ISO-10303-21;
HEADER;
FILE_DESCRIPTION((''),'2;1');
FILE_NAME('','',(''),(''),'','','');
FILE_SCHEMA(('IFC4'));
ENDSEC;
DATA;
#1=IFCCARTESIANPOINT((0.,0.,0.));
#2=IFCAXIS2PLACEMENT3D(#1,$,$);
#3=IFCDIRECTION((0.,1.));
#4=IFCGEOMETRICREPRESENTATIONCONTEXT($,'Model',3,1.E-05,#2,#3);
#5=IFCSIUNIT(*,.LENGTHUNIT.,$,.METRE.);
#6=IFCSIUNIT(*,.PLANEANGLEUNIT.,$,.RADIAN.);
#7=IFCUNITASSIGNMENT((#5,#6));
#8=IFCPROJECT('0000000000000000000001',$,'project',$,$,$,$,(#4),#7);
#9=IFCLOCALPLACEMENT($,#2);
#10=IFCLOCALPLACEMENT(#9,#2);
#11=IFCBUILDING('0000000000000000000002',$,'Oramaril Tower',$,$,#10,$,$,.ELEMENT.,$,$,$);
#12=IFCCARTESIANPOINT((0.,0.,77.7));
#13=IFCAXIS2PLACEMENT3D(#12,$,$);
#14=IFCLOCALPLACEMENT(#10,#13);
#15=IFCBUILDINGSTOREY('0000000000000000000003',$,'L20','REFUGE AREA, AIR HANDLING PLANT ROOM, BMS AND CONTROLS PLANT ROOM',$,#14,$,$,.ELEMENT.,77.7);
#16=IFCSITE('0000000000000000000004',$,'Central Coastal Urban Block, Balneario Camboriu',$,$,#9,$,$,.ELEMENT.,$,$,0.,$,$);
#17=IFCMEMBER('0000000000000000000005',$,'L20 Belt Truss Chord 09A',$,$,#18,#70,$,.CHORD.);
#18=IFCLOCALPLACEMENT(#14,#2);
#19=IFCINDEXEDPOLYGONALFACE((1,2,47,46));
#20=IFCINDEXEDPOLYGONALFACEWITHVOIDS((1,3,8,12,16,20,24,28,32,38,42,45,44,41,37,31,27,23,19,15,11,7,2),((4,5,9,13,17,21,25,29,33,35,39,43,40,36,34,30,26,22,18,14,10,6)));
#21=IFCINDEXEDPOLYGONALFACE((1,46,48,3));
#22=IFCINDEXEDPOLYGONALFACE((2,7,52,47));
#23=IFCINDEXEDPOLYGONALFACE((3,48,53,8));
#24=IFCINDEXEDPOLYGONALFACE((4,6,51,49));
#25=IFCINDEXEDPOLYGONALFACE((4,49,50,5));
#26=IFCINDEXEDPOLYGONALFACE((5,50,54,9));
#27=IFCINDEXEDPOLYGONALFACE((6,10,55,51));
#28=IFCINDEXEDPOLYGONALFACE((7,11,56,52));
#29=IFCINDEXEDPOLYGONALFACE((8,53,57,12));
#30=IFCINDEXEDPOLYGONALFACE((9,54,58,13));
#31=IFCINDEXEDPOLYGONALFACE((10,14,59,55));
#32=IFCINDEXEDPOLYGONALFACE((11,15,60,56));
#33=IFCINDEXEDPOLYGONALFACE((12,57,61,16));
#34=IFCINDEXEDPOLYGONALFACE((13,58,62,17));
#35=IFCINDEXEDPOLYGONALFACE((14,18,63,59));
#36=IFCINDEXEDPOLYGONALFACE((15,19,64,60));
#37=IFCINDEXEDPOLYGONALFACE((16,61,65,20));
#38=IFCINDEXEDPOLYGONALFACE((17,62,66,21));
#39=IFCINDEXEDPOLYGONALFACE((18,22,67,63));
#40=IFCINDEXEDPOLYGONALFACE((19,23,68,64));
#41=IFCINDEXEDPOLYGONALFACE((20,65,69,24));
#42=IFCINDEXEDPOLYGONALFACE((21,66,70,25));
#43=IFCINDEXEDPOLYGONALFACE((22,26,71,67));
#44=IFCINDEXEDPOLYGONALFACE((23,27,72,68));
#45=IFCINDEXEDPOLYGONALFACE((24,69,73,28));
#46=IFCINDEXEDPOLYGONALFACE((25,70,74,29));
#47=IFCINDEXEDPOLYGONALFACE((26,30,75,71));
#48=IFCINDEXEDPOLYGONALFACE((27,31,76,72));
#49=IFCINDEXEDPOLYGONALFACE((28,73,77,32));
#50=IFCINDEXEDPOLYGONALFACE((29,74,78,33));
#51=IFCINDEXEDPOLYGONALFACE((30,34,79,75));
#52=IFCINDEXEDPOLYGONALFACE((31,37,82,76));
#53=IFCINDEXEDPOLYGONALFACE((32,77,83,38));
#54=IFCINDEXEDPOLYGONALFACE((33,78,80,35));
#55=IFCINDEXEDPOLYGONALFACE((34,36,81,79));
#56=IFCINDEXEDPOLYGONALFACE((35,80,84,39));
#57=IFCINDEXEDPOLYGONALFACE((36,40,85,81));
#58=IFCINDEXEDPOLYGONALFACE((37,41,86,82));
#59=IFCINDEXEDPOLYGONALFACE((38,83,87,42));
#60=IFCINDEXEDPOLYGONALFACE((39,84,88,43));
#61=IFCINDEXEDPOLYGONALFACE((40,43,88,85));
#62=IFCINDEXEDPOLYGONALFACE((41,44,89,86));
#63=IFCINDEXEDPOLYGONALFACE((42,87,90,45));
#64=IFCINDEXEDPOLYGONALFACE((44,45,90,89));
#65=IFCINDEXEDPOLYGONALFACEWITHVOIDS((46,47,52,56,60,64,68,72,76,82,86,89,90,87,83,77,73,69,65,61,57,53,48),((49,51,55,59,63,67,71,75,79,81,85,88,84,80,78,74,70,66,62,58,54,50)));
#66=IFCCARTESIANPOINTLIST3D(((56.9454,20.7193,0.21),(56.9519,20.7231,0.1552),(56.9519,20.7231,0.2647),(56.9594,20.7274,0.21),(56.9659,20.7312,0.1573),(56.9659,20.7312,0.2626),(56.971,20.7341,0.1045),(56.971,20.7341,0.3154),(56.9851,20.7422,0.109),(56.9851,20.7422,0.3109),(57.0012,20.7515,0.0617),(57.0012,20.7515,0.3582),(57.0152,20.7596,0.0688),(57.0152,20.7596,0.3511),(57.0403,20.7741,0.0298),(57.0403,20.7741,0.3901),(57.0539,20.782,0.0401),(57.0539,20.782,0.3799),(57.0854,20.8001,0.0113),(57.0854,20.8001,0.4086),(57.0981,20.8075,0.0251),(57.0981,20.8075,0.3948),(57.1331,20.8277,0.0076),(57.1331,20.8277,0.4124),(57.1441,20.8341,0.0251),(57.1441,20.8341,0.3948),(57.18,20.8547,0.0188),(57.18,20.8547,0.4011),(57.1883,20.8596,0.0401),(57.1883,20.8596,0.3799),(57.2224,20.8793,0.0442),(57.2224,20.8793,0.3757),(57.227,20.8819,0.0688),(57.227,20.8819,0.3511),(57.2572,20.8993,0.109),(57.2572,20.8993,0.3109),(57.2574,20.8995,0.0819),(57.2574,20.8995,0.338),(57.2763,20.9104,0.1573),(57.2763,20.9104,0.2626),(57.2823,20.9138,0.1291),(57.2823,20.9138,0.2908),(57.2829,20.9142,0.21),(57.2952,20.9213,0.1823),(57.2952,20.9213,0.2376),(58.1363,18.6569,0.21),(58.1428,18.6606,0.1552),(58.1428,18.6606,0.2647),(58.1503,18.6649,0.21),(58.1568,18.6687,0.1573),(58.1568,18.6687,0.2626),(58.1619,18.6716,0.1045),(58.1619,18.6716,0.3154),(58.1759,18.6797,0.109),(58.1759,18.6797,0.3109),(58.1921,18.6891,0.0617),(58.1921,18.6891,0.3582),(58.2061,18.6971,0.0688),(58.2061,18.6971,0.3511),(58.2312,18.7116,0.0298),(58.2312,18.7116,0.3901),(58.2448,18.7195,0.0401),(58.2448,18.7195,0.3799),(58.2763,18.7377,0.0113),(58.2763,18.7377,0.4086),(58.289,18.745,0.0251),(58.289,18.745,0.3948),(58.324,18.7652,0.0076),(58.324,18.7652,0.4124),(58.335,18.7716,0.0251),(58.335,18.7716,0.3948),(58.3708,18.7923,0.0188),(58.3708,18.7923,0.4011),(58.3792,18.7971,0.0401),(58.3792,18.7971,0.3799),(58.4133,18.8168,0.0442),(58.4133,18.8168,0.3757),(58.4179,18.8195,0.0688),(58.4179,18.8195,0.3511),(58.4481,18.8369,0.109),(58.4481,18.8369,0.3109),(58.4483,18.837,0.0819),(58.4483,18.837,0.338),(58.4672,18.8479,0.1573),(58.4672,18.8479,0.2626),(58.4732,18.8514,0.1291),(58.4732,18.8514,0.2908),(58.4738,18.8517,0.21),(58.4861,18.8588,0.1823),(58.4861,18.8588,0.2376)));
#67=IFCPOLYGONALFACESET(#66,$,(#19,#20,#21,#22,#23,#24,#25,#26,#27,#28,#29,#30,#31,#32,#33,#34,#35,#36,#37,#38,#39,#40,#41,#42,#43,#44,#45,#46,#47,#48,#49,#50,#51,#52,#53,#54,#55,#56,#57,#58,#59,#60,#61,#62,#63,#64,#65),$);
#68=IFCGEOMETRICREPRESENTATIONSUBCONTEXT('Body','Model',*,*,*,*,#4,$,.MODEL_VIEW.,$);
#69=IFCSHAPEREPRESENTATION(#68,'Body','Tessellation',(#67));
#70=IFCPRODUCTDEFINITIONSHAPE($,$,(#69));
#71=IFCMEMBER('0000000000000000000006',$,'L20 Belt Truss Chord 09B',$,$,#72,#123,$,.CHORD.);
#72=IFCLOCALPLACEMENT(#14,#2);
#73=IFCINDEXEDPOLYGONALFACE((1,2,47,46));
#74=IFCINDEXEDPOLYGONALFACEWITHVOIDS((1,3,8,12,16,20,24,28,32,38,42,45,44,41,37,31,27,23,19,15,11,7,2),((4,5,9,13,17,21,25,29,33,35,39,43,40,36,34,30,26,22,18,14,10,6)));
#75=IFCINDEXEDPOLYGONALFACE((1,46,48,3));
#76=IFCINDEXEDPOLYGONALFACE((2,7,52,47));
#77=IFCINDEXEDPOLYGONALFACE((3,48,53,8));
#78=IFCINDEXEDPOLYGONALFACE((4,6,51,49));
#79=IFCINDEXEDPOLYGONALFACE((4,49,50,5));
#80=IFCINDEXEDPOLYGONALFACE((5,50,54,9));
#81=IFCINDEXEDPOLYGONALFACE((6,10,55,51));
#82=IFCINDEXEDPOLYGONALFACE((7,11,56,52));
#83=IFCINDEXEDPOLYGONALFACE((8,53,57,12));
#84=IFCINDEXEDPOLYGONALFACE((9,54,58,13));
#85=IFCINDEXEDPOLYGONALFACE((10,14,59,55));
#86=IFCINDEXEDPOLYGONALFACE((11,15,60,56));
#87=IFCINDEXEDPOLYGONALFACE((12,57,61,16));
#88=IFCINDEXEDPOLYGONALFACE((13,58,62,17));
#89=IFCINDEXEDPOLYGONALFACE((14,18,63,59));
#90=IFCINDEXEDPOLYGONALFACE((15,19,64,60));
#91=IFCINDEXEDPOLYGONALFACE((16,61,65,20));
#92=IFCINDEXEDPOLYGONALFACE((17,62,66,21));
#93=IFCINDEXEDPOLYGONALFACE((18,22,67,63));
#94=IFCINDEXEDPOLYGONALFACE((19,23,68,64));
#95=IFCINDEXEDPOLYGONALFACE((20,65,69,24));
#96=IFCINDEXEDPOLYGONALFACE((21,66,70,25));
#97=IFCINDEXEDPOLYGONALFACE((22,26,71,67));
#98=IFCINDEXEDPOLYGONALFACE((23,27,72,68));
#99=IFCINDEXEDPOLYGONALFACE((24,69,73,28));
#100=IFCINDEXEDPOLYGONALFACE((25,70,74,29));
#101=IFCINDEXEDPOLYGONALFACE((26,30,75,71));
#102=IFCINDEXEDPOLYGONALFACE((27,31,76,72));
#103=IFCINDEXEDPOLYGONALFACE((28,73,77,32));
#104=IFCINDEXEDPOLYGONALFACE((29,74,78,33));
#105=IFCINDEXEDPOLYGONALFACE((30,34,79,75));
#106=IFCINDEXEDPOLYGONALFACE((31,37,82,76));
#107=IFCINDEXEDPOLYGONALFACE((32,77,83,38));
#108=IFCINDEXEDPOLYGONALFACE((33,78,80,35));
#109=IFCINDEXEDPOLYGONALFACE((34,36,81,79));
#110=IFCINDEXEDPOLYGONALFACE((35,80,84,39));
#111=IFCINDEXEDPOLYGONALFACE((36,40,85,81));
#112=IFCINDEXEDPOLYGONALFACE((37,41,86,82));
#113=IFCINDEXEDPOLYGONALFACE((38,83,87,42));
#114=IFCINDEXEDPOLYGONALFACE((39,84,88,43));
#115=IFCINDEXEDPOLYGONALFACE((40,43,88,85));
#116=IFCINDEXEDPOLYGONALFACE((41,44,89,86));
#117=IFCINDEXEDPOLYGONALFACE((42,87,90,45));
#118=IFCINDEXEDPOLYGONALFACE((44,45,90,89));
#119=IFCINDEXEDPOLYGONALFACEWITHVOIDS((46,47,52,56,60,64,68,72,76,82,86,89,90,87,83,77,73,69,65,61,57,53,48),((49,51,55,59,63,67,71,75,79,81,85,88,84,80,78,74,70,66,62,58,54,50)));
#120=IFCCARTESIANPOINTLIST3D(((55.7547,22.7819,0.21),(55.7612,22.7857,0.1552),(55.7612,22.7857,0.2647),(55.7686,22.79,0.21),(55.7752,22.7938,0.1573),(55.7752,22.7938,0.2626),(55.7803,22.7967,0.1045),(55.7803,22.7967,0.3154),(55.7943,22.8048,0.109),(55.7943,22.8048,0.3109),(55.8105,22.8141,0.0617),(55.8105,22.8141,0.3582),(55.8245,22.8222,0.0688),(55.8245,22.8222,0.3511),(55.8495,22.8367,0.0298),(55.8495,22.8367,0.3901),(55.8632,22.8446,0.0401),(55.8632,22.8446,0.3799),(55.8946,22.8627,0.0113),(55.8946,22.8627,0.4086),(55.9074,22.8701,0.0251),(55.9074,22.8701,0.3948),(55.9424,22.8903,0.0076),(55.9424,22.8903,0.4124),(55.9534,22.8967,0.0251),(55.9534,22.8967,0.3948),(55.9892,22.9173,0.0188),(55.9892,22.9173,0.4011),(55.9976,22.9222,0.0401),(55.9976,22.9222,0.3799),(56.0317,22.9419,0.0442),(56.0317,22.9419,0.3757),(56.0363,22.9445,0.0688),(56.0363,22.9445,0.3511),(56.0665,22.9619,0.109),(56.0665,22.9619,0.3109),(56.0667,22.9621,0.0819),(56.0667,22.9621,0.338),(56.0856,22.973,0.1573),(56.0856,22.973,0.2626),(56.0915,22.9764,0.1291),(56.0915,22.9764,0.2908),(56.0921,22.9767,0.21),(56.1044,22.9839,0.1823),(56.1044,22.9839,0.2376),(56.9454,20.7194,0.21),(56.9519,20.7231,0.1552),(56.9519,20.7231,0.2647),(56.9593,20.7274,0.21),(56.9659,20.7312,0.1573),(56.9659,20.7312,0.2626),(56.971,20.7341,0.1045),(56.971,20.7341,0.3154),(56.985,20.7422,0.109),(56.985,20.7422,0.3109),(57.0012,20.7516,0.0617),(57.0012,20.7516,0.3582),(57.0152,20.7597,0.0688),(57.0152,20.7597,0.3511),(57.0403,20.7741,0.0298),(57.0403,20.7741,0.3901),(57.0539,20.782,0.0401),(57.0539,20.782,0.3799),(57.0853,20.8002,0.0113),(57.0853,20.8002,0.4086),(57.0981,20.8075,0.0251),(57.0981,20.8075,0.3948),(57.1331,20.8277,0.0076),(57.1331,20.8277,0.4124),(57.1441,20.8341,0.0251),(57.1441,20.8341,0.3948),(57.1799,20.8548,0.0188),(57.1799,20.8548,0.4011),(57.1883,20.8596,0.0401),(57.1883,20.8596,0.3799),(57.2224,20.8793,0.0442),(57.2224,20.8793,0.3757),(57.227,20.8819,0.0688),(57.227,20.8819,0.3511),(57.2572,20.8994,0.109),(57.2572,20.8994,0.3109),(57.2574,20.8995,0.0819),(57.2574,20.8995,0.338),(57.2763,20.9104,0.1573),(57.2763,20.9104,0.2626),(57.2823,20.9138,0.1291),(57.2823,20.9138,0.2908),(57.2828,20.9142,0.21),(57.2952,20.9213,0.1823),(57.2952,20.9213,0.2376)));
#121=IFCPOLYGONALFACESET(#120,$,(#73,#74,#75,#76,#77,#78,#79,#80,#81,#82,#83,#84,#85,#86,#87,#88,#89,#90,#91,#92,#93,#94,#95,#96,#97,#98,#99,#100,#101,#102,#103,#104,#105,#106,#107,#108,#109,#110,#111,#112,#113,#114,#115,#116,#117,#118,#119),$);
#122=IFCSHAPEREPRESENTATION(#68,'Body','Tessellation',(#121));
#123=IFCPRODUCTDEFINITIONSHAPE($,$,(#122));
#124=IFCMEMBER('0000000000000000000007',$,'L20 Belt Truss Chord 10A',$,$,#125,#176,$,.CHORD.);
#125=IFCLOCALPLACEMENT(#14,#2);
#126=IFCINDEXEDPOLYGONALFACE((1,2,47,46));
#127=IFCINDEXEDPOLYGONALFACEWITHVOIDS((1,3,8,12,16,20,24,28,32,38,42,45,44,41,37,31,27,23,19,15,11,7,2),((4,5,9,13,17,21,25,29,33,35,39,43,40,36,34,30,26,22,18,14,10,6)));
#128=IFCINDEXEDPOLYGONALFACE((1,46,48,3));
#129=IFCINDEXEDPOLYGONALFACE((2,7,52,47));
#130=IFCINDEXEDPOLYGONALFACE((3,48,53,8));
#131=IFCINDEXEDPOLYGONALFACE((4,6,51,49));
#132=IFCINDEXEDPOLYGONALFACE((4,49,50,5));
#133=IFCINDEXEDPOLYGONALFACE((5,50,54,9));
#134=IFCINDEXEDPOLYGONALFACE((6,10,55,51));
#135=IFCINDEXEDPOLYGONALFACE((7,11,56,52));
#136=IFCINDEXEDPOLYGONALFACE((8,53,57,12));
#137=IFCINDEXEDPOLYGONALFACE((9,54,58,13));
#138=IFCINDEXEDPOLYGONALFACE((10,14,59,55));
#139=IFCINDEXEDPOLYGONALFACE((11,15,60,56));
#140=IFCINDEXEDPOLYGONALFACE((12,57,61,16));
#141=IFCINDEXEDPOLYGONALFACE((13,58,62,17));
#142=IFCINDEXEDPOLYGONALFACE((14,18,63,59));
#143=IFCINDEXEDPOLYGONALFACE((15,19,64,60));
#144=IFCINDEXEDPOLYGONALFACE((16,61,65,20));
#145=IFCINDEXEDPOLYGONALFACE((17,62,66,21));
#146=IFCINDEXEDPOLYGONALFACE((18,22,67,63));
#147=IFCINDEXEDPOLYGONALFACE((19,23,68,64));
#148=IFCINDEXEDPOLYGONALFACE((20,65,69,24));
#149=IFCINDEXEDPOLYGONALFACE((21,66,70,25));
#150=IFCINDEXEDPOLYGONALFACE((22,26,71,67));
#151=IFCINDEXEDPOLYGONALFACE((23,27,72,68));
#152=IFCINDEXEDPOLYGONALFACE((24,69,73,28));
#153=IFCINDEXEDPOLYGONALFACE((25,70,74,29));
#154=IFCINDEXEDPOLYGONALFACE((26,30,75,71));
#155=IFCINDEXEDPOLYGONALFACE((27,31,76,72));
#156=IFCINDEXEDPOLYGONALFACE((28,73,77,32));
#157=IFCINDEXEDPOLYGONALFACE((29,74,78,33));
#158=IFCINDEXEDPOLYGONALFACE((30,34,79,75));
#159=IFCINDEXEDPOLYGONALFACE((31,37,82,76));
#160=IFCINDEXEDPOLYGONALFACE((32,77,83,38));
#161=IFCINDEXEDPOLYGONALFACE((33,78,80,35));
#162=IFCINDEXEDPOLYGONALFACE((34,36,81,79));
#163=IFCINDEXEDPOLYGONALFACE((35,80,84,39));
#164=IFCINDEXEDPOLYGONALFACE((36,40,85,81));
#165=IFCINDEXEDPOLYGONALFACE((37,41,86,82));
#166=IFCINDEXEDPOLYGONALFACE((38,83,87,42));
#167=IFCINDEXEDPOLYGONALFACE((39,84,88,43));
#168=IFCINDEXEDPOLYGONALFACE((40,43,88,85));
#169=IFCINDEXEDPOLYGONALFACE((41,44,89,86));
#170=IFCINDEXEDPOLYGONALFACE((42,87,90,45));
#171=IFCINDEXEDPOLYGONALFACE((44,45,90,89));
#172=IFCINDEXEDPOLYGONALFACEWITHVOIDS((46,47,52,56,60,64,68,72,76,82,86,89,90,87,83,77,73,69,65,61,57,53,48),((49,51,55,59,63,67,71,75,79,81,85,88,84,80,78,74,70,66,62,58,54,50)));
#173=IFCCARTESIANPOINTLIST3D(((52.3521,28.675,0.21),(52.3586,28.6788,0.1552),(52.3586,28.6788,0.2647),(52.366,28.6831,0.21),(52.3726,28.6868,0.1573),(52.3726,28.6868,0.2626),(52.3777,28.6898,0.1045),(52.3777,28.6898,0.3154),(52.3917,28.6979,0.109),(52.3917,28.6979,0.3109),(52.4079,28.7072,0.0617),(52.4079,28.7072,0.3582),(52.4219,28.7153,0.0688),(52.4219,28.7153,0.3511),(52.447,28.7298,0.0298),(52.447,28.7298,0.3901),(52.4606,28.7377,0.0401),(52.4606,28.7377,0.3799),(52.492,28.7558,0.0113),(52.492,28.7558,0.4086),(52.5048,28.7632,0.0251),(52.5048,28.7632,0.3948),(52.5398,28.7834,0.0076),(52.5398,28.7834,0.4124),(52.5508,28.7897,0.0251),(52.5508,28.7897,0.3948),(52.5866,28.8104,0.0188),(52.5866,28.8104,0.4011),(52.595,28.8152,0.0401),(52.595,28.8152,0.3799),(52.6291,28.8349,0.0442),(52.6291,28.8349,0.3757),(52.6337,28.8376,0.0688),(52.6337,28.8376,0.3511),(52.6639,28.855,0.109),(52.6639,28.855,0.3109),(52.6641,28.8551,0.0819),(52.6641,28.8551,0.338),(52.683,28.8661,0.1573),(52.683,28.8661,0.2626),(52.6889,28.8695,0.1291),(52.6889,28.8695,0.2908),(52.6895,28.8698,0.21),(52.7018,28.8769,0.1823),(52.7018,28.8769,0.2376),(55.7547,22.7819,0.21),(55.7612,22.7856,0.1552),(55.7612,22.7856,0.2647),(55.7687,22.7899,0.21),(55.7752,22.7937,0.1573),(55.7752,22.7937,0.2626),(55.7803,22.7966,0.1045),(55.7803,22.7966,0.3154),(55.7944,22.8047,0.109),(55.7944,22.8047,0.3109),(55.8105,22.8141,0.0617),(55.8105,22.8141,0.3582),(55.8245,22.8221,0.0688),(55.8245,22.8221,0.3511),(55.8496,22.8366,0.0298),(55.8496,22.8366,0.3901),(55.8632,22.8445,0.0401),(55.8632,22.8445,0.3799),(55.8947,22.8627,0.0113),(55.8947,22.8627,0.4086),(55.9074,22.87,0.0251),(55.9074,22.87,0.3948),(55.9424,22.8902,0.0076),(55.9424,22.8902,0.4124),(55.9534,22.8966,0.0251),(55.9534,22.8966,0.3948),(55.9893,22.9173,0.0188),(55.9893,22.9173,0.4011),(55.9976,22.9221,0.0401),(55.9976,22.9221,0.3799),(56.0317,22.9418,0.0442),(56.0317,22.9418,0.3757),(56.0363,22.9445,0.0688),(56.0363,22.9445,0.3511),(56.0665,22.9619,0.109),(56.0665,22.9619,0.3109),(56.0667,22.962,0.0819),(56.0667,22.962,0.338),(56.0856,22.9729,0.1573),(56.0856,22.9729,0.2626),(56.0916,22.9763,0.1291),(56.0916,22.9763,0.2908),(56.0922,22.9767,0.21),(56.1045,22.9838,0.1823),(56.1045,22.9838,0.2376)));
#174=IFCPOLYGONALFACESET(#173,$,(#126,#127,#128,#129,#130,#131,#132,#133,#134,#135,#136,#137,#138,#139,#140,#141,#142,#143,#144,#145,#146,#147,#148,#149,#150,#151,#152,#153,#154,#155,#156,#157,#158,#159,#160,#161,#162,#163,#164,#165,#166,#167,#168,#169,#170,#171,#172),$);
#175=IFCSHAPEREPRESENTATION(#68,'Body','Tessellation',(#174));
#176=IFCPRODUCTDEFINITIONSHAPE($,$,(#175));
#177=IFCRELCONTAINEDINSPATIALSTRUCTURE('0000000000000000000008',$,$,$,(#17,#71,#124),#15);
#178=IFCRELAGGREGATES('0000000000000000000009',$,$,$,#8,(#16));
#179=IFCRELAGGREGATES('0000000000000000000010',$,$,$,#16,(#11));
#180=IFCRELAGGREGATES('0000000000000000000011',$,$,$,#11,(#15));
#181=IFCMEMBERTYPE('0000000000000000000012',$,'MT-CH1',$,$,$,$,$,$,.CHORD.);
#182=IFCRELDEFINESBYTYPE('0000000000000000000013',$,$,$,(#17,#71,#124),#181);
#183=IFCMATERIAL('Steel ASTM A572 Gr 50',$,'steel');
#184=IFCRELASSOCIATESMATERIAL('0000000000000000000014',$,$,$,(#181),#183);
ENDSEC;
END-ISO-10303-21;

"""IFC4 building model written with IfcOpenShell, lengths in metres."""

from ifc_helpers import new_model, si_unit, direction, frame, origin, origin_2d, place, context, subcontext, project, spatial, hollow_circle, extrude, material, material_profile, profile_set, type_object, element, save


model = new_model("IFC4")

# Units and contexts
model_context = context("Model", 3, precision=1e-05, world=origin(), true_north=direction((0.0, 1.0)))
body_context = subcontext(model_context, "Body", "Model", "MODEL_VIEW")
ifc_project = project(units=[si_unit("LENGTHUNIT", "METRE"), si_unit("PLANEANGLEUNIT", "RADIAN")], contexts=[model_context])

# Site, building, storey
site_placement = place(None, origin())
site = spatial("IfcSite", under=ifc_project, at=site_placement, Name="Central Coastal Urban Block, Balneario Camboriu", CompositionType="ELEMENT", RefElevation=0.0)
building_placement = place(site_placement, origin())
building = spatial("IfcBuilding", under=site, at=building_placement, Name="Oramaril Tower", CompositionType="ELEMENT")
storey_placement = place(building_placement, frame((0.0, 0.0, 77.7)))
storey = spatial("IfcBuildingStorey", under=building, at=storey_placement, Name="L20", Description="REFUGE AREA, AIR HANDLING PLANT ROOM, BMS AND CONTROLS PLANT ROOM", CompositionType="ELEMENT", Elevation=77.7)

# Members
ifc_material_1 = material(Name="Steel ASTM A572 Gr 50", Category="steel")
ifc_material_profile_1 = material_profile(ifc_material_1, hollow_circle(Radius=0.2029, WallThickness=0.0161, at=origin_2d()), Name="CHS406X16")
ifc_profile_set_1 = profile_set([ifc_material_profile_1], Name="Steel ASTM A572 Gr 50")
member_type_1 = type_object("IfcMemberType", Name="MT-CH1", PredefinedType="CHORD", material=ifc_profile_set_1)
for number, where, z_axis, x_axis, name in (
    (1, (58.312, 18.7583, 0.21), (-0.500042, 0.866001, 0.0), (-0.866001, -0.500042, 0.0), "L20 Belt Truss Chord 09A"),
    (2, (57.1211, 20.8208, 0.21), (-0.499965, 0.866046, 0.0), (-0.866046, -0.499965, 0.0), "L20 Belt Truss Chord 09B"),
):
    element("IfcMember", number, at=place(storey_placement, frame(where, z_axis=z_axis, x_axis=x_axis)), inside=storey, type_object=member_type_1, Name=name, PredefinedType="CHORD", context=body_context, shape_type="SweptSolid", body=[
        extrude(hollow_circle(Radius=0.2029, WallThickness=0.0161, at=origin_2d()), origin(), (0.0, 0.0, 1.0), 2.3816),
    ])
member_1_placement = place(storey_placement, frame((55.9304, 22.8833, 0.21), z_axis=(-0.500025, 0.866011, 0.0), x_axis=(-0.866011, -0.500025, 0.0)))
element("IfcMember", 3, at=member_1_placement, inside=storey, type_object=member_type_1, Name="L20 Belt Truss Chord 10A", PredefinedType="CHORD", context=body_context, shape_type="SweptSolid", body=[
    extrude(hollow_circle(Radius=0.2029, WallThickness=0.0161, at=origin_2d()), origin(), (0.0, 0.0, 1.0), 6.8049),
])

save(model, "model.ifc")
